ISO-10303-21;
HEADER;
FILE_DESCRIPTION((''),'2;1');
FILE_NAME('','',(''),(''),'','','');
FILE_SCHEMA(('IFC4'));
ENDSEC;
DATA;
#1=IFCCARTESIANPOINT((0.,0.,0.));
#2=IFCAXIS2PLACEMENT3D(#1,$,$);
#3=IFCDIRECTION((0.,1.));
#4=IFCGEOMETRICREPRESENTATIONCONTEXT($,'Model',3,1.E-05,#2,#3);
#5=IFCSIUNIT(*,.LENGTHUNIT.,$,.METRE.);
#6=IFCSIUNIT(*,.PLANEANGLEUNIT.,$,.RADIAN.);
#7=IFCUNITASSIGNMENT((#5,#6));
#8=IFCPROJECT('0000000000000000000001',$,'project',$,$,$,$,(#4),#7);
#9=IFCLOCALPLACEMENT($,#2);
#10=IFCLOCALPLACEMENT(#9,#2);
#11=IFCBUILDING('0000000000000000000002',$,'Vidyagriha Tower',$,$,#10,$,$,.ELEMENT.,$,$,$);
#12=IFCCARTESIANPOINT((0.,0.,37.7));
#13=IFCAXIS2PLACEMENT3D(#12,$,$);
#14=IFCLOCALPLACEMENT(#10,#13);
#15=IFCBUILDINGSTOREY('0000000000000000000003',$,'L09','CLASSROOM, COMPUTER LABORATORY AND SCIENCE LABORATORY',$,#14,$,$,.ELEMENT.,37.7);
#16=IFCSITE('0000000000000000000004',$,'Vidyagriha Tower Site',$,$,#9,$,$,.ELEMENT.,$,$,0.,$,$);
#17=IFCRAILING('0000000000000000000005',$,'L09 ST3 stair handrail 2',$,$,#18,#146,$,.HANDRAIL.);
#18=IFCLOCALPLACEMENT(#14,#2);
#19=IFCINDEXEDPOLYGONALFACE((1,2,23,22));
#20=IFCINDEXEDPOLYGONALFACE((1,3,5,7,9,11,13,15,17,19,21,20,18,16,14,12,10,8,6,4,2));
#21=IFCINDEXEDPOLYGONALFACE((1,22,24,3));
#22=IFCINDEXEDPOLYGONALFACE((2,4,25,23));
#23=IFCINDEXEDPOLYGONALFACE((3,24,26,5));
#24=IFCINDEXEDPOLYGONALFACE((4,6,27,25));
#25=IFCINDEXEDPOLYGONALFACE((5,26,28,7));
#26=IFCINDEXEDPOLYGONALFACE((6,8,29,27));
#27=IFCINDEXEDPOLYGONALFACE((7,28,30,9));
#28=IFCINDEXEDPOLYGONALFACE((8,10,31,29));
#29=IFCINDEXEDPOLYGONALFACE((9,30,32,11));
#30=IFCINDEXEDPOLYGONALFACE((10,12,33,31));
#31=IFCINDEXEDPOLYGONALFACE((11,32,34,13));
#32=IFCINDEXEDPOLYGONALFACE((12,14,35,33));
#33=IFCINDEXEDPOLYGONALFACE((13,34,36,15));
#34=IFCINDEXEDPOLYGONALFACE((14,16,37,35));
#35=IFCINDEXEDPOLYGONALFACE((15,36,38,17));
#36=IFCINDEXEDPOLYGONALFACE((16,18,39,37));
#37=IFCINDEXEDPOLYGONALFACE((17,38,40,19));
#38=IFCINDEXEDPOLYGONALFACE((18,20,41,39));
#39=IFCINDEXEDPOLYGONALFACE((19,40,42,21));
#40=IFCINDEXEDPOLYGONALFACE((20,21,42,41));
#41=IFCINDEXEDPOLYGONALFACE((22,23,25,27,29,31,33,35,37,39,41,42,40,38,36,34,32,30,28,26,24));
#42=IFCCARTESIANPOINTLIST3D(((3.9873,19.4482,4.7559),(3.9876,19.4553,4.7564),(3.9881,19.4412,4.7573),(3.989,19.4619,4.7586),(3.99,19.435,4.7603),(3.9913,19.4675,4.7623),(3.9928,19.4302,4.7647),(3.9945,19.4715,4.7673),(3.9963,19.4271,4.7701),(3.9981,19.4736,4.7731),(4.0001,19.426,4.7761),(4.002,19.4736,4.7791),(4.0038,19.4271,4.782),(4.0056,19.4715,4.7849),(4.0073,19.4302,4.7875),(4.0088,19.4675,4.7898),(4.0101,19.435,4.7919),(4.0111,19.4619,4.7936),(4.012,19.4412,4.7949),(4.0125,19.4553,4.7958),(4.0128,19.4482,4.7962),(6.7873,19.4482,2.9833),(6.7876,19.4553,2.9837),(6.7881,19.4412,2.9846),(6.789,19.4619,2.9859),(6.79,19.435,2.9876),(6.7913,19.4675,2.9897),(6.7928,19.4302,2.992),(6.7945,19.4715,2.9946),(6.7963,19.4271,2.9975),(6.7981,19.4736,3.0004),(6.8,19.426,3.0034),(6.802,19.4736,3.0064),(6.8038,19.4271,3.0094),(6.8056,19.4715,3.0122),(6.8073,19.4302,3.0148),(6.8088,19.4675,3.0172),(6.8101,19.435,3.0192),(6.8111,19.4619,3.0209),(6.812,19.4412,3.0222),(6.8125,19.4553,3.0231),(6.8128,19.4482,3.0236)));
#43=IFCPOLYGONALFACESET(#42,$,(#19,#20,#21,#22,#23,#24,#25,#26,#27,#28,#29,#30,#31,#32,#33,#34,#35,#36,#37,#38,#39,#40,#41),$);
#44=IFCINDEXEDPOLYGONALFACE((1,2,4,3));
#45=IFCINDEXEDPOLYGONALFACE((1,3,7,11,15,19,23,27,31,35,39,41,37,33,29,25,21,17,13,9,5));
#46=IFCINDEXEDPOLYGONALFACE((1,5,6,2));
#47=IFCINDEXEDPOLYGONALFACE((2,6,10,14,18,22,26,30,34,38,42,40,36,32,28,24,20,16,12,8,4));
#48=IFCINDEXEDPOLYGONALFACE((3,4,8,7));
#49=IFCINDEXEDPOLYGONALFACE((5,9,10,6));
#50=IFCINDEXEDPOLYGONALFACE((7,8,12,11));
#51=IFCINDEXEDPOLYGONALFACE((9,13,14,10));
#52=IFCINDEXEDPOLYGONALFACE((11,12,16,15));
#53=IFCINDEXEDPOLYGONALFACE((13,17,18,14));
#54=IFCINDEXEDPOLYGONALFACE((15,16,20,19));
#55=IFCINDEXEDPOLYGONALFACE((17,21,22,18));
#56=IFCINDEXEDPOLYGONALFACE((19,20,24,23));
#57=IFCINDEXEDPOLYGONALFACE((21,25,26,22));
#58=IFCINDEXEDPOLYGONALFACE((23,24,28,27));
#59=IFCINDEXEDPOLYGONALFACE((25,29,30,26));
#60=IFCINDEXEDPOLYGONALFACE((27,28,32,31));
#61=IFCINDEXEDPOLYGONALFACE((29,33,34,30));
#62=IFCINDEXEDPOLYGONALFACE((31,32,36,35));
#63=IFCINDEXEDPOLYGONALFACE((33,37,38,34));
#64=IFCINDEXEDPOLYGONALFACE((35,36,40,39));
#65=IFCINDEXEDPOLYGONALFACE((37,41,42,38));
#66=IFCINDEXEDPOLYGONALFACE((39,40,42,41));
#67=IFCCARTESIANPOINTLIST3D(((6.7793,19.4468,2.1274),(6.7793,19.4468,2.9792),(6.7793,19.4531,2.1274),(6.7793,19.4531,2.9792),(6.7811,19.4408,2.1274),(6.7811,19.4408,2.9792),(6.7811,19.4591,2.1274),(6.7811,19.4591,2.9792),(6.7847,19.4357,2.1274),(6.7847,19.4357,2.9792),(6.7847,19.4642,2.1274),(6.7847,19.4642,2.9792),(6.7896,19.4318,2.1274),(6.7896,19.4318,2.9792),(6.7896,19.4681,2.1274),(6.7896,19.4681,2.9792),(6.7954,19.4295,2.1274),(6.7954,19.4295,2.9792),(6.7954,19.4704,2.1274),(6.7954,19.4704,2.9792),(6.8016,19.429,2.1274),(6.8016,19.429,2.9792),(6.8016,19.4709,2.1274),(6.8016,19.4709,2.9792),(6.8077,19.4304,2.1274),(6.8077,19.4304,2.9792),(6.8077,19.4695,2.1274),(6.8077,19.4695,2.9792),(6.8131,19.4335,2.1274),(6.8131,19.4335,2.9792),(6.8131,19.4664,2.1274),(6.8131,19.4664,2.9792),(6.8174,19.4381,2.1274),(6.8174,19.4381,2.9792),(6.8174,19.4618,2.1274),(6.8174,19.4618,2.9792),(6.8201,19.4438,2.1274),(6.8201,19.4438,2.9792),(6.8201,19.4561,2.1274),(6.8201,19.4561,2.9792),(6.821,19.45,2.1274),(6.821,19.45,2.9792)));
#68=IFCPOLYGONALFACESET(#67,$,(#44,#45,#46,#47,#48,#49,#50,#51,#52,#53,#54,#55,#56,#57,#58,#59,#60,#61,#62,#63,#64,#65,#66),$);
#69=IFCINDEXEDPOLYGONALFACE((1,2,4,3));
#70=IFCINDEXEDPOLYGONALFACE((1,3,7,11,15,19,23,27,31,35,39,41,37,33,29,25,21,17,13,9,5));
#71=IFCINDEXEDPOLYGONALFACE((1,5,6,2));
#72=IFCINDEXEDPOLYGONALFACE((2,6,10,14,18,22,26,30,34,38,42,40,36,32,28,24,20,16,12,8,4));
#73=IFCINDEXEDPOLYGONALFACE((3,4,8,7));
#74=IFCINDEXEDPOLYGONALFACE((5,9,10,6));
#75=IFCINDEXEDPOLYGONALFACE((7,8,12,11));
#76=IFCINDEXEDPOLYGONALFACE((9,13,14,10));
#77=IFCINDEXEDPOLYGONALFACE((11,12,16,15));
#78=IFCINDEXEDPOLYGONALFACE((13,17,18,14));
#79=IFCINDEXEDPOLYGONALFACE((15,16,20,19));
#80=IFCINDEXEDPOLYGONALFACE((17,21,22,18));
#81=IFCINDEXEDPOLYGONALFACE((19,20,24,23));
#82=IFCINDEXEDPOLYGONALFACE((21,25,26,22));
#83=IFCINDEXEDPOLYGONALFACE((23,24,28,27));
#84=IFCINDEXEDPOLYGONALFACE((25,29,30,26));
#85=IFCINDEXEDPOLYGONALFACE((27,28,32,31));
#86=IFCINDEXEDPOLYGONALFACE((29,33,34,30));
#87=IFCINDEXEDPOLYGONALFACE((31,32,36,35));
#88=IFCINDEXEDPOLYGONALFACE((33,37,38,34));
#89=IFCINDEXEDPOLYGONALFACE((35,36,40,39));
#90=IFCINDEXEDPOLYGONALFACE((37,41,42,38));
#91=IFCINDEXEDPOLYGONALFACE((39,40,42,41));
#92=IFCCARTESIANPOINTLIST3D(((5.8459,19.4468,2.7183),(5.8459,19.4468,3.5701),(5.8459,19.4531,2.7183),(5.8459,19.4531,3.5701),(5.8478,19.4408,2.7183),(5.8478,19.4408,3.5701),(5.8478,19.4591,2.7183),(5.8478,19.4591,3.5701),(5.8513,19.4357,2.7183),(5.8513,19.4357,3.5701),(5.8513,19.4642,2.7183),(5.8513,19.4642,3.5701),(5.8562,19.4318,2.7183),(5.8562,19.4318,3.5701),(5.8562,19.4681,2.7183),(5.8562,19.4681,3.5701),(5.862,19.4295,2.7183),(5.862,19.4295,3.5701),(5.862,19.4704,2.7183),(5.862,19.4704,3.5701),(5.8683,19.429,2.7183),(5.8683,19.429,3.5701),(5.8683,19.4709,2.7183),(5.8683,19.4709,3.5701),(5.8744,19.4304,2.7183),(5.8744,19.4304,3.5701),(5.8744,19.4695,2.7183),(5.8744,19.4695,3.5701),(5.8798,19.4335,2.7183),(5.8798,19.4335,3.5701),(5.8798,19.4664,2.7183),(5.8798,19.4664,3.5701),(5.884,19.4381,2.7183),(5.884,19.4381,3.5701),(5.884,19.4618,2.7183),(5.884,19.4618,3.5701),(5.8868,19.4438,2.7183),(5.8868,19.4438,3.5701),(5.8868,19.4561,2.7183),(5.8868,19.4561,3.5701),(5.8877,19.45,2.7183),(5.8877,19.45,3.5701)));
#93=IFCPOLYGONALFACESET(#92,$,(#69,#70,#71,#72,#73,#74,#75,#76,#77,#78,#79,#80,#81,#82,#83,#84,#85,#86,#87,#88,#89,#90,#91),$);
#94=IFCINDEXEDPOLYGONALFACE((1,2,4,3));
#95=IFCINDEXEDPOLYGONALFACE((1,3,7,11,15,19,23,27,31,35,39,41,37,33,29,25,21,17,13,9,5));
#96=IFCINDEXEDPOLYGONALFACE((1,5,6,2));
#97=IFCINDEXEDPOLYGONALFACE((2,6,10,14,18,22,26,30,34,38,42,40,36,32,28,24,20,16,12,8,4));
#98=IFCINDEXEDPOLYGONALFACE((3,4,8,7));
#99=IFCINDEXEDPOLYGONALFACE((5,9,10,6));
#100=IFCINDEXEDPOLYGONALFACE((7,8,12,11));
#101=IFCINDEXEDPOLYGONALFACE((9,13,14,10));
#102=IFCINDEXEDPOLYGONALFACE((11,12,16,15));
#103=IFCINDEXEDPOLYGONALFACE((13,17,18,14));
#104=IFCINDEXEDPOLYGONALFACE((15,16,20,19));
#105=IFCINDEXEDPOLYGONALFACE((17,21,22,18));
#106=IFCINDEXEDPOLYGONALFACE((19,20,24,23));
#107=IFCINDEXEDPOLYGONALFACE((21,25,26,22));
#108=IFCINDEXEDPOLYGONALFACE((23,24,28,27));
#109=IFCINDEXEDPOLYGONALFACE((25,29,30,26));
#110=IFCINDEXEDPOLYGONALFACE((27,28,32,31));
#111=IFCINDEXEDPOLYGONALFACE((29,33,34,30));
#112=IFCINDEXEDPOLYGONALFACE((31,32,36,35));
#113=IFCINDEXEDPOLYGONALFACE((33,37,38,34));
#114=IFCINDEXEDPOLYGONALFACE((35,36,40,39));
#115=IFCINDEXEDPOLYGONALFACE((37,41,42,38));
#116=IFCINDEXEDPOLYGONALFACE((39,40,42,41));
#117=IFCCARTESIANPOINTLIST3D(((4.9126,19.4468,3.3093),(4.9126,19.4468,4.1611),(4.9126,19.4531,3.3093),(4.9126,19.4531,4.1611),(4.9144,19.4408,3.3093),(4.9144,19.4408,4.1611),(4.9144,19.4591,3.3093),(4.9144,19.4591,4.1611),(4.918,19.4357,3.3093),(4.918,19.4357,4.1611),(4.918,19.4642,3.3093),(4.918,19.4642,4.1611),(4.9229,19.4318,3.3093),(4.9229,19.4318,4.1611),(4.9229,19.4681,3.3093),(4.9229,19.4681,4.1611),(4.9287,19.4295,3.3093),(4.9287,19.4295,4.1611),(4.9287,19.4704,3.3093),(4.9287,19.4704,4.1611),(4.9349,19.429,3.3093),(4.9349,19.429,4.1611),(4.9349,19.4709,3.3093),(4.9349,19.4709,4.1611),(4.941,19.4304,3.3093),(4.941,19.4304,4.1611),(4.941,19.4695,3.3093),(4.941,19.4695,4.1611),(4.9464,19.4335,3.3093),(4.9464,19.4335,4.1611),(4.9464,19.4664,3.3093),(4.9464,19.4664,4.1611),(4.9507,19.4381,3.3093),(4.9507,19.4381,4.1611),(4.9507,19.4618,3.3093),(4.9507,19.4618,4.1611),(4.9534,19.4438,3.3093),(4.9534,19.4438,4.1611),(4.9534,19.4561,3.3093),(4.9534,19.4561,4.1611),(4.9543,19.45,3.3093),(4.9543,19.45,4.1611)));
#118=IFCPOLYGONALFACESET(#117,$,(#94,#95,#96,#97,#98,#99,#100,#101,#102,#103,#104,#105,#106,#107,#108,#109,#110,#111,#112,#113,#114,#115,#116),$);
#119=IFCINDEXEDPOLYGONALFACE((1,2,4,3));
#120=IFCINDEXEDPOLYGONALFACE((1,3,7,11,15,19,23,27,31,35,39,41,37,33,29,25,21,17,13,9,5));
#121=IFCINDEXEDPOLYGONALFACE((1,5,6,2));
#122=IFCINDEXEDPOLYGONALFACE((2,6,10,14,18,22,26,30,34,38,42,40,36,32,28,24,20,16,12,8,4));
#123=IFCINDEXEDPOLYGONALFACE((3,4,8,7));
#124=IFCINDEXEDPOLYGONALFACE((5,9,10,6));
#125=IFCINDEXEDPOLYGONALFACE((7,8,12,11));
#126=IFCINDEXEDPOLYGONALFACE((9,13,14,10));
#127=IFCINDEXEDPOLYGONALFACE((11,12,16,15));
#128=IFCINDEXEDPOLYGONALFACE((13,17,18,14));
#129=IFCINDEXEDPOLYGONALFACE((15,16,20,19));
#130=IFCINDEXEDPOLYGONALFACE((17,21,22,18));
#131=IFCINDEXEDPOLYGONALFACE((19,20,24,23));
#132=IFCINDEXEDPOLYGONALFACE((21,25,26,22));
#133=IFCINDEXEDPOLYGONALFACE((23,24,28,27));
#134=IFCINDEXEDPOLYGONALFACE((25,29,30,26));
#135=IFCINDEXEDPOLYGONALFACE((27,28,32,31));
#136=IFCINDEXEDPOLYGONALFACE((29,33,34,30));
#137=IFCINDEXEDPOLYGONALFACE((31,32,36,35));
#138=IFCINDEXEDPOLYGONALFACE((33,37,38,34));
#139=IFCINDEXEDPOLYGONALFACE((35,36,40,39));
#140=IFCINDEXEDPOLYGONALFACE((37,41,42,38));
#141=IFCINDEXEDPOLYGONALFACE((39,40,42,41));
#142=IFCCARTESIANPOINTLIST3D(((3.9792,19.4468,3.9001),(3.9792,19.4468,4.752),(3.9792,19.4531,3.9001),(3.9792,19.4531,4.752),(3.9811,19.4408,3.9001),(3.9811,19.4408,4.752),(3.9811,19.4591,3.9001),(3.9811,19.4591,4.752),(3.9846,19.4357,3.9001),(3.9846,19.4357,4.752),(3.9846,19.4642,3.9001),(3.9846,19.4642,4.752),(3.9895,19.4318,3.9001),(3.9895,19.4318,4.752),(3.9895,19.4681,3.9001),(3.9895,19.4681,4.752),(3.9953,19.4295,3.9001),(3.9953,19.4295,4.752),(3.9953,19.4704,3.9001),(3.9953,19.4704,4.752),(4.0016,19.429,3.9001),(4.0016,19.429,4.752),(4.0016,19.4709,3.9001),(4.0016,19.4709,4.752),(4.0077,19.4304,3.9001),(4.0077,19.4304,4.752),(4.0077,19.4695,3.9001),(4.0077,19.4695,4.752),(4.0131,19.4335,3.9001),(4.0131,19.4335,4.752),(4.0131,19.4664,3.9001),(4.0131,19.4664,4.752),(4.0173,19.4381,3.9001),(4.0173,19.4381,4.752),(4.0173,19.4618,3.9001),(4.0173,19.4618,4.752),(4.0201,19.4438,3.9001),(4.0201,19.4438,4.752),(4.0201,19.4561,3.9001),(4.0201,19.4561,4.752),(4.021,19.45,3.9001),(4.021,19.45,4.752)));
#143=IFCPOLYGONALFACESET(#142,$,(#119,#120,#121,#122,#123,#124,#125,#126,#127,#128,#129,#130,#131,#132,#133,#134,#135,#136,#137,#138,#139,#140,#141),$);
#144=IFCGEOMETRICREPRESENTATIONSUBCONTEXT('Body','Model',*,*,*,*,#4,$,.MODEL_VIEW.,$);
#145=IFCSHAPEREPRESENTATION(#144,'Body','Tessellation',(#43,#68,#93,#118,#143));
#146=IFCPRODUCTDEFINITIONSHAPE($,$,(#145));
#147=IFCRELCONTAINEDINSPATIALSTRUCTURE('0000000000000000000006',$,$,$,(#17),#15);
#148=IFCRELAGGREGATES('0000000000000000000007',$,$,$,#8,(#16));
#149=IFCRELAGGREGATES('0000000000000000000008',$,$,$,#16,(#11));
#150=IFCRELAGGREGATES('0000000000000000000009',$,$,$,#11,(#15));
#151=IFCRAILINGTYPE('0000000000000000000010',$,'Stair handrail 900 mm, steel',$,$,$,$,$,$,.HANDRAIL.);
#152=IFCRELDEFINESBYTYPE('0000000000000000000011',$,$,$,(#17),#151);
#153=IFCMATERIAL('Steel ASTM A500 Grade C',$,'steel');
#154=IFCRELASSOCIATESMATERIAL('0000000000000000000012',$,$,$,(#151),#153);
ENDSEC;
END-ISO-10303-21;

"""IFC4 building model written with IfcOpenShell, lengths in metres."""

from ifc_helpers import new_model, si_unit, direction, frame, origin, origin_2d, place, context, subcontext, project, spatial, circle, extrude, material, type_object, element, save


model = new_model("IFC4")

# Units and contexts
model_context = context("Model", 3, precision=1e-05, world=origin(), true_north=direction((0.0, 1.0)))
body_context = subcontext(model_context, "Body", "Model", "MODEL_VIEW")
ifc_project = project(units=[si_unit("LENGTHUNIT", "METRE"), si_unit("PLANEANGLEUNIT", "RADIAN")], contexts=[model_context])

# Site, building, storey
site_placement = place(None, origin())
site = spatial("IfcSite", under=ifc_project, at=site_placement, Name="Vidyagriha Tower Site", CompositionType="ELEMENT", RefElevation=0.0)
building_placement = place(site_placement, origin())
building = spatial("IfcBuilding", under=site, at=building_placement, Name="Vidyagriha Tower", CompositionType="ELEMENT")
storey_placement = place(building_placement, frame((0.0, 0.0, 37.7)))
storey = spatial("IfcBuildingStorey", under=building, at=storey_placement, Name="L09", Description="CLASSROOM, COMPUTER LABORATORY AND SCIENCE LABORATORY", CompositionType="ELEMENT", Elevation=37.7)

# Railing
ifc_material_1 = material(Name="Steel ASTM A500 Grade C", Category="steel")
railing_type_1 = type_object("IfcRailingType", Name="Stair handrail 900 mm, steel", PredefinedType="HANDRAIL", material=ifc_material_1)
railing_1_placement = place(storey_placement, frame((6.8, 19.45, 2.1274)))
element("IfcRailing", 1, at=railing_1_placement, inside=storey, type_object=railing_type_1, Name="L09 ST3 stair handrail 2", PredefinedType="HANDRAIL", context=body_context, shape_type="SweptSolid", body=[
    extrude(circle(Radius=0.0239, at=origin_2d()), frame((0.0, 0.0, 0.876), z_axis=(-0.844909, 0.0, 0.53491), x_axis=(0.0, -1.0, 0.0)), (0.0, 0.0, 1.0), 3.314),
    extrude(circle(Radius=0.021, at=origin_2d()), origin(), (0.0, 0.0, 1.0), 0.8518),
    extrude(circle(Radius=0.021, at=origin_2d()), frame((-0.9333, 0.0, 0.5908)), (0.0, 0.0, 1.0), 0.8518),
    extrude(circle(Radius=0.021, at=origin_2d()), frame((-1.8667, 0.0, 1.1819)), (0.0, 0.0, 1.0), 0.8518),
    extrude(circle(Radius=0.021, at=origin_2d()), frame((-2.8, 0.0, 1.7727)), (0.0, 0.0, 1.0), 0.8518),
])

save(model, "model.ifc")
